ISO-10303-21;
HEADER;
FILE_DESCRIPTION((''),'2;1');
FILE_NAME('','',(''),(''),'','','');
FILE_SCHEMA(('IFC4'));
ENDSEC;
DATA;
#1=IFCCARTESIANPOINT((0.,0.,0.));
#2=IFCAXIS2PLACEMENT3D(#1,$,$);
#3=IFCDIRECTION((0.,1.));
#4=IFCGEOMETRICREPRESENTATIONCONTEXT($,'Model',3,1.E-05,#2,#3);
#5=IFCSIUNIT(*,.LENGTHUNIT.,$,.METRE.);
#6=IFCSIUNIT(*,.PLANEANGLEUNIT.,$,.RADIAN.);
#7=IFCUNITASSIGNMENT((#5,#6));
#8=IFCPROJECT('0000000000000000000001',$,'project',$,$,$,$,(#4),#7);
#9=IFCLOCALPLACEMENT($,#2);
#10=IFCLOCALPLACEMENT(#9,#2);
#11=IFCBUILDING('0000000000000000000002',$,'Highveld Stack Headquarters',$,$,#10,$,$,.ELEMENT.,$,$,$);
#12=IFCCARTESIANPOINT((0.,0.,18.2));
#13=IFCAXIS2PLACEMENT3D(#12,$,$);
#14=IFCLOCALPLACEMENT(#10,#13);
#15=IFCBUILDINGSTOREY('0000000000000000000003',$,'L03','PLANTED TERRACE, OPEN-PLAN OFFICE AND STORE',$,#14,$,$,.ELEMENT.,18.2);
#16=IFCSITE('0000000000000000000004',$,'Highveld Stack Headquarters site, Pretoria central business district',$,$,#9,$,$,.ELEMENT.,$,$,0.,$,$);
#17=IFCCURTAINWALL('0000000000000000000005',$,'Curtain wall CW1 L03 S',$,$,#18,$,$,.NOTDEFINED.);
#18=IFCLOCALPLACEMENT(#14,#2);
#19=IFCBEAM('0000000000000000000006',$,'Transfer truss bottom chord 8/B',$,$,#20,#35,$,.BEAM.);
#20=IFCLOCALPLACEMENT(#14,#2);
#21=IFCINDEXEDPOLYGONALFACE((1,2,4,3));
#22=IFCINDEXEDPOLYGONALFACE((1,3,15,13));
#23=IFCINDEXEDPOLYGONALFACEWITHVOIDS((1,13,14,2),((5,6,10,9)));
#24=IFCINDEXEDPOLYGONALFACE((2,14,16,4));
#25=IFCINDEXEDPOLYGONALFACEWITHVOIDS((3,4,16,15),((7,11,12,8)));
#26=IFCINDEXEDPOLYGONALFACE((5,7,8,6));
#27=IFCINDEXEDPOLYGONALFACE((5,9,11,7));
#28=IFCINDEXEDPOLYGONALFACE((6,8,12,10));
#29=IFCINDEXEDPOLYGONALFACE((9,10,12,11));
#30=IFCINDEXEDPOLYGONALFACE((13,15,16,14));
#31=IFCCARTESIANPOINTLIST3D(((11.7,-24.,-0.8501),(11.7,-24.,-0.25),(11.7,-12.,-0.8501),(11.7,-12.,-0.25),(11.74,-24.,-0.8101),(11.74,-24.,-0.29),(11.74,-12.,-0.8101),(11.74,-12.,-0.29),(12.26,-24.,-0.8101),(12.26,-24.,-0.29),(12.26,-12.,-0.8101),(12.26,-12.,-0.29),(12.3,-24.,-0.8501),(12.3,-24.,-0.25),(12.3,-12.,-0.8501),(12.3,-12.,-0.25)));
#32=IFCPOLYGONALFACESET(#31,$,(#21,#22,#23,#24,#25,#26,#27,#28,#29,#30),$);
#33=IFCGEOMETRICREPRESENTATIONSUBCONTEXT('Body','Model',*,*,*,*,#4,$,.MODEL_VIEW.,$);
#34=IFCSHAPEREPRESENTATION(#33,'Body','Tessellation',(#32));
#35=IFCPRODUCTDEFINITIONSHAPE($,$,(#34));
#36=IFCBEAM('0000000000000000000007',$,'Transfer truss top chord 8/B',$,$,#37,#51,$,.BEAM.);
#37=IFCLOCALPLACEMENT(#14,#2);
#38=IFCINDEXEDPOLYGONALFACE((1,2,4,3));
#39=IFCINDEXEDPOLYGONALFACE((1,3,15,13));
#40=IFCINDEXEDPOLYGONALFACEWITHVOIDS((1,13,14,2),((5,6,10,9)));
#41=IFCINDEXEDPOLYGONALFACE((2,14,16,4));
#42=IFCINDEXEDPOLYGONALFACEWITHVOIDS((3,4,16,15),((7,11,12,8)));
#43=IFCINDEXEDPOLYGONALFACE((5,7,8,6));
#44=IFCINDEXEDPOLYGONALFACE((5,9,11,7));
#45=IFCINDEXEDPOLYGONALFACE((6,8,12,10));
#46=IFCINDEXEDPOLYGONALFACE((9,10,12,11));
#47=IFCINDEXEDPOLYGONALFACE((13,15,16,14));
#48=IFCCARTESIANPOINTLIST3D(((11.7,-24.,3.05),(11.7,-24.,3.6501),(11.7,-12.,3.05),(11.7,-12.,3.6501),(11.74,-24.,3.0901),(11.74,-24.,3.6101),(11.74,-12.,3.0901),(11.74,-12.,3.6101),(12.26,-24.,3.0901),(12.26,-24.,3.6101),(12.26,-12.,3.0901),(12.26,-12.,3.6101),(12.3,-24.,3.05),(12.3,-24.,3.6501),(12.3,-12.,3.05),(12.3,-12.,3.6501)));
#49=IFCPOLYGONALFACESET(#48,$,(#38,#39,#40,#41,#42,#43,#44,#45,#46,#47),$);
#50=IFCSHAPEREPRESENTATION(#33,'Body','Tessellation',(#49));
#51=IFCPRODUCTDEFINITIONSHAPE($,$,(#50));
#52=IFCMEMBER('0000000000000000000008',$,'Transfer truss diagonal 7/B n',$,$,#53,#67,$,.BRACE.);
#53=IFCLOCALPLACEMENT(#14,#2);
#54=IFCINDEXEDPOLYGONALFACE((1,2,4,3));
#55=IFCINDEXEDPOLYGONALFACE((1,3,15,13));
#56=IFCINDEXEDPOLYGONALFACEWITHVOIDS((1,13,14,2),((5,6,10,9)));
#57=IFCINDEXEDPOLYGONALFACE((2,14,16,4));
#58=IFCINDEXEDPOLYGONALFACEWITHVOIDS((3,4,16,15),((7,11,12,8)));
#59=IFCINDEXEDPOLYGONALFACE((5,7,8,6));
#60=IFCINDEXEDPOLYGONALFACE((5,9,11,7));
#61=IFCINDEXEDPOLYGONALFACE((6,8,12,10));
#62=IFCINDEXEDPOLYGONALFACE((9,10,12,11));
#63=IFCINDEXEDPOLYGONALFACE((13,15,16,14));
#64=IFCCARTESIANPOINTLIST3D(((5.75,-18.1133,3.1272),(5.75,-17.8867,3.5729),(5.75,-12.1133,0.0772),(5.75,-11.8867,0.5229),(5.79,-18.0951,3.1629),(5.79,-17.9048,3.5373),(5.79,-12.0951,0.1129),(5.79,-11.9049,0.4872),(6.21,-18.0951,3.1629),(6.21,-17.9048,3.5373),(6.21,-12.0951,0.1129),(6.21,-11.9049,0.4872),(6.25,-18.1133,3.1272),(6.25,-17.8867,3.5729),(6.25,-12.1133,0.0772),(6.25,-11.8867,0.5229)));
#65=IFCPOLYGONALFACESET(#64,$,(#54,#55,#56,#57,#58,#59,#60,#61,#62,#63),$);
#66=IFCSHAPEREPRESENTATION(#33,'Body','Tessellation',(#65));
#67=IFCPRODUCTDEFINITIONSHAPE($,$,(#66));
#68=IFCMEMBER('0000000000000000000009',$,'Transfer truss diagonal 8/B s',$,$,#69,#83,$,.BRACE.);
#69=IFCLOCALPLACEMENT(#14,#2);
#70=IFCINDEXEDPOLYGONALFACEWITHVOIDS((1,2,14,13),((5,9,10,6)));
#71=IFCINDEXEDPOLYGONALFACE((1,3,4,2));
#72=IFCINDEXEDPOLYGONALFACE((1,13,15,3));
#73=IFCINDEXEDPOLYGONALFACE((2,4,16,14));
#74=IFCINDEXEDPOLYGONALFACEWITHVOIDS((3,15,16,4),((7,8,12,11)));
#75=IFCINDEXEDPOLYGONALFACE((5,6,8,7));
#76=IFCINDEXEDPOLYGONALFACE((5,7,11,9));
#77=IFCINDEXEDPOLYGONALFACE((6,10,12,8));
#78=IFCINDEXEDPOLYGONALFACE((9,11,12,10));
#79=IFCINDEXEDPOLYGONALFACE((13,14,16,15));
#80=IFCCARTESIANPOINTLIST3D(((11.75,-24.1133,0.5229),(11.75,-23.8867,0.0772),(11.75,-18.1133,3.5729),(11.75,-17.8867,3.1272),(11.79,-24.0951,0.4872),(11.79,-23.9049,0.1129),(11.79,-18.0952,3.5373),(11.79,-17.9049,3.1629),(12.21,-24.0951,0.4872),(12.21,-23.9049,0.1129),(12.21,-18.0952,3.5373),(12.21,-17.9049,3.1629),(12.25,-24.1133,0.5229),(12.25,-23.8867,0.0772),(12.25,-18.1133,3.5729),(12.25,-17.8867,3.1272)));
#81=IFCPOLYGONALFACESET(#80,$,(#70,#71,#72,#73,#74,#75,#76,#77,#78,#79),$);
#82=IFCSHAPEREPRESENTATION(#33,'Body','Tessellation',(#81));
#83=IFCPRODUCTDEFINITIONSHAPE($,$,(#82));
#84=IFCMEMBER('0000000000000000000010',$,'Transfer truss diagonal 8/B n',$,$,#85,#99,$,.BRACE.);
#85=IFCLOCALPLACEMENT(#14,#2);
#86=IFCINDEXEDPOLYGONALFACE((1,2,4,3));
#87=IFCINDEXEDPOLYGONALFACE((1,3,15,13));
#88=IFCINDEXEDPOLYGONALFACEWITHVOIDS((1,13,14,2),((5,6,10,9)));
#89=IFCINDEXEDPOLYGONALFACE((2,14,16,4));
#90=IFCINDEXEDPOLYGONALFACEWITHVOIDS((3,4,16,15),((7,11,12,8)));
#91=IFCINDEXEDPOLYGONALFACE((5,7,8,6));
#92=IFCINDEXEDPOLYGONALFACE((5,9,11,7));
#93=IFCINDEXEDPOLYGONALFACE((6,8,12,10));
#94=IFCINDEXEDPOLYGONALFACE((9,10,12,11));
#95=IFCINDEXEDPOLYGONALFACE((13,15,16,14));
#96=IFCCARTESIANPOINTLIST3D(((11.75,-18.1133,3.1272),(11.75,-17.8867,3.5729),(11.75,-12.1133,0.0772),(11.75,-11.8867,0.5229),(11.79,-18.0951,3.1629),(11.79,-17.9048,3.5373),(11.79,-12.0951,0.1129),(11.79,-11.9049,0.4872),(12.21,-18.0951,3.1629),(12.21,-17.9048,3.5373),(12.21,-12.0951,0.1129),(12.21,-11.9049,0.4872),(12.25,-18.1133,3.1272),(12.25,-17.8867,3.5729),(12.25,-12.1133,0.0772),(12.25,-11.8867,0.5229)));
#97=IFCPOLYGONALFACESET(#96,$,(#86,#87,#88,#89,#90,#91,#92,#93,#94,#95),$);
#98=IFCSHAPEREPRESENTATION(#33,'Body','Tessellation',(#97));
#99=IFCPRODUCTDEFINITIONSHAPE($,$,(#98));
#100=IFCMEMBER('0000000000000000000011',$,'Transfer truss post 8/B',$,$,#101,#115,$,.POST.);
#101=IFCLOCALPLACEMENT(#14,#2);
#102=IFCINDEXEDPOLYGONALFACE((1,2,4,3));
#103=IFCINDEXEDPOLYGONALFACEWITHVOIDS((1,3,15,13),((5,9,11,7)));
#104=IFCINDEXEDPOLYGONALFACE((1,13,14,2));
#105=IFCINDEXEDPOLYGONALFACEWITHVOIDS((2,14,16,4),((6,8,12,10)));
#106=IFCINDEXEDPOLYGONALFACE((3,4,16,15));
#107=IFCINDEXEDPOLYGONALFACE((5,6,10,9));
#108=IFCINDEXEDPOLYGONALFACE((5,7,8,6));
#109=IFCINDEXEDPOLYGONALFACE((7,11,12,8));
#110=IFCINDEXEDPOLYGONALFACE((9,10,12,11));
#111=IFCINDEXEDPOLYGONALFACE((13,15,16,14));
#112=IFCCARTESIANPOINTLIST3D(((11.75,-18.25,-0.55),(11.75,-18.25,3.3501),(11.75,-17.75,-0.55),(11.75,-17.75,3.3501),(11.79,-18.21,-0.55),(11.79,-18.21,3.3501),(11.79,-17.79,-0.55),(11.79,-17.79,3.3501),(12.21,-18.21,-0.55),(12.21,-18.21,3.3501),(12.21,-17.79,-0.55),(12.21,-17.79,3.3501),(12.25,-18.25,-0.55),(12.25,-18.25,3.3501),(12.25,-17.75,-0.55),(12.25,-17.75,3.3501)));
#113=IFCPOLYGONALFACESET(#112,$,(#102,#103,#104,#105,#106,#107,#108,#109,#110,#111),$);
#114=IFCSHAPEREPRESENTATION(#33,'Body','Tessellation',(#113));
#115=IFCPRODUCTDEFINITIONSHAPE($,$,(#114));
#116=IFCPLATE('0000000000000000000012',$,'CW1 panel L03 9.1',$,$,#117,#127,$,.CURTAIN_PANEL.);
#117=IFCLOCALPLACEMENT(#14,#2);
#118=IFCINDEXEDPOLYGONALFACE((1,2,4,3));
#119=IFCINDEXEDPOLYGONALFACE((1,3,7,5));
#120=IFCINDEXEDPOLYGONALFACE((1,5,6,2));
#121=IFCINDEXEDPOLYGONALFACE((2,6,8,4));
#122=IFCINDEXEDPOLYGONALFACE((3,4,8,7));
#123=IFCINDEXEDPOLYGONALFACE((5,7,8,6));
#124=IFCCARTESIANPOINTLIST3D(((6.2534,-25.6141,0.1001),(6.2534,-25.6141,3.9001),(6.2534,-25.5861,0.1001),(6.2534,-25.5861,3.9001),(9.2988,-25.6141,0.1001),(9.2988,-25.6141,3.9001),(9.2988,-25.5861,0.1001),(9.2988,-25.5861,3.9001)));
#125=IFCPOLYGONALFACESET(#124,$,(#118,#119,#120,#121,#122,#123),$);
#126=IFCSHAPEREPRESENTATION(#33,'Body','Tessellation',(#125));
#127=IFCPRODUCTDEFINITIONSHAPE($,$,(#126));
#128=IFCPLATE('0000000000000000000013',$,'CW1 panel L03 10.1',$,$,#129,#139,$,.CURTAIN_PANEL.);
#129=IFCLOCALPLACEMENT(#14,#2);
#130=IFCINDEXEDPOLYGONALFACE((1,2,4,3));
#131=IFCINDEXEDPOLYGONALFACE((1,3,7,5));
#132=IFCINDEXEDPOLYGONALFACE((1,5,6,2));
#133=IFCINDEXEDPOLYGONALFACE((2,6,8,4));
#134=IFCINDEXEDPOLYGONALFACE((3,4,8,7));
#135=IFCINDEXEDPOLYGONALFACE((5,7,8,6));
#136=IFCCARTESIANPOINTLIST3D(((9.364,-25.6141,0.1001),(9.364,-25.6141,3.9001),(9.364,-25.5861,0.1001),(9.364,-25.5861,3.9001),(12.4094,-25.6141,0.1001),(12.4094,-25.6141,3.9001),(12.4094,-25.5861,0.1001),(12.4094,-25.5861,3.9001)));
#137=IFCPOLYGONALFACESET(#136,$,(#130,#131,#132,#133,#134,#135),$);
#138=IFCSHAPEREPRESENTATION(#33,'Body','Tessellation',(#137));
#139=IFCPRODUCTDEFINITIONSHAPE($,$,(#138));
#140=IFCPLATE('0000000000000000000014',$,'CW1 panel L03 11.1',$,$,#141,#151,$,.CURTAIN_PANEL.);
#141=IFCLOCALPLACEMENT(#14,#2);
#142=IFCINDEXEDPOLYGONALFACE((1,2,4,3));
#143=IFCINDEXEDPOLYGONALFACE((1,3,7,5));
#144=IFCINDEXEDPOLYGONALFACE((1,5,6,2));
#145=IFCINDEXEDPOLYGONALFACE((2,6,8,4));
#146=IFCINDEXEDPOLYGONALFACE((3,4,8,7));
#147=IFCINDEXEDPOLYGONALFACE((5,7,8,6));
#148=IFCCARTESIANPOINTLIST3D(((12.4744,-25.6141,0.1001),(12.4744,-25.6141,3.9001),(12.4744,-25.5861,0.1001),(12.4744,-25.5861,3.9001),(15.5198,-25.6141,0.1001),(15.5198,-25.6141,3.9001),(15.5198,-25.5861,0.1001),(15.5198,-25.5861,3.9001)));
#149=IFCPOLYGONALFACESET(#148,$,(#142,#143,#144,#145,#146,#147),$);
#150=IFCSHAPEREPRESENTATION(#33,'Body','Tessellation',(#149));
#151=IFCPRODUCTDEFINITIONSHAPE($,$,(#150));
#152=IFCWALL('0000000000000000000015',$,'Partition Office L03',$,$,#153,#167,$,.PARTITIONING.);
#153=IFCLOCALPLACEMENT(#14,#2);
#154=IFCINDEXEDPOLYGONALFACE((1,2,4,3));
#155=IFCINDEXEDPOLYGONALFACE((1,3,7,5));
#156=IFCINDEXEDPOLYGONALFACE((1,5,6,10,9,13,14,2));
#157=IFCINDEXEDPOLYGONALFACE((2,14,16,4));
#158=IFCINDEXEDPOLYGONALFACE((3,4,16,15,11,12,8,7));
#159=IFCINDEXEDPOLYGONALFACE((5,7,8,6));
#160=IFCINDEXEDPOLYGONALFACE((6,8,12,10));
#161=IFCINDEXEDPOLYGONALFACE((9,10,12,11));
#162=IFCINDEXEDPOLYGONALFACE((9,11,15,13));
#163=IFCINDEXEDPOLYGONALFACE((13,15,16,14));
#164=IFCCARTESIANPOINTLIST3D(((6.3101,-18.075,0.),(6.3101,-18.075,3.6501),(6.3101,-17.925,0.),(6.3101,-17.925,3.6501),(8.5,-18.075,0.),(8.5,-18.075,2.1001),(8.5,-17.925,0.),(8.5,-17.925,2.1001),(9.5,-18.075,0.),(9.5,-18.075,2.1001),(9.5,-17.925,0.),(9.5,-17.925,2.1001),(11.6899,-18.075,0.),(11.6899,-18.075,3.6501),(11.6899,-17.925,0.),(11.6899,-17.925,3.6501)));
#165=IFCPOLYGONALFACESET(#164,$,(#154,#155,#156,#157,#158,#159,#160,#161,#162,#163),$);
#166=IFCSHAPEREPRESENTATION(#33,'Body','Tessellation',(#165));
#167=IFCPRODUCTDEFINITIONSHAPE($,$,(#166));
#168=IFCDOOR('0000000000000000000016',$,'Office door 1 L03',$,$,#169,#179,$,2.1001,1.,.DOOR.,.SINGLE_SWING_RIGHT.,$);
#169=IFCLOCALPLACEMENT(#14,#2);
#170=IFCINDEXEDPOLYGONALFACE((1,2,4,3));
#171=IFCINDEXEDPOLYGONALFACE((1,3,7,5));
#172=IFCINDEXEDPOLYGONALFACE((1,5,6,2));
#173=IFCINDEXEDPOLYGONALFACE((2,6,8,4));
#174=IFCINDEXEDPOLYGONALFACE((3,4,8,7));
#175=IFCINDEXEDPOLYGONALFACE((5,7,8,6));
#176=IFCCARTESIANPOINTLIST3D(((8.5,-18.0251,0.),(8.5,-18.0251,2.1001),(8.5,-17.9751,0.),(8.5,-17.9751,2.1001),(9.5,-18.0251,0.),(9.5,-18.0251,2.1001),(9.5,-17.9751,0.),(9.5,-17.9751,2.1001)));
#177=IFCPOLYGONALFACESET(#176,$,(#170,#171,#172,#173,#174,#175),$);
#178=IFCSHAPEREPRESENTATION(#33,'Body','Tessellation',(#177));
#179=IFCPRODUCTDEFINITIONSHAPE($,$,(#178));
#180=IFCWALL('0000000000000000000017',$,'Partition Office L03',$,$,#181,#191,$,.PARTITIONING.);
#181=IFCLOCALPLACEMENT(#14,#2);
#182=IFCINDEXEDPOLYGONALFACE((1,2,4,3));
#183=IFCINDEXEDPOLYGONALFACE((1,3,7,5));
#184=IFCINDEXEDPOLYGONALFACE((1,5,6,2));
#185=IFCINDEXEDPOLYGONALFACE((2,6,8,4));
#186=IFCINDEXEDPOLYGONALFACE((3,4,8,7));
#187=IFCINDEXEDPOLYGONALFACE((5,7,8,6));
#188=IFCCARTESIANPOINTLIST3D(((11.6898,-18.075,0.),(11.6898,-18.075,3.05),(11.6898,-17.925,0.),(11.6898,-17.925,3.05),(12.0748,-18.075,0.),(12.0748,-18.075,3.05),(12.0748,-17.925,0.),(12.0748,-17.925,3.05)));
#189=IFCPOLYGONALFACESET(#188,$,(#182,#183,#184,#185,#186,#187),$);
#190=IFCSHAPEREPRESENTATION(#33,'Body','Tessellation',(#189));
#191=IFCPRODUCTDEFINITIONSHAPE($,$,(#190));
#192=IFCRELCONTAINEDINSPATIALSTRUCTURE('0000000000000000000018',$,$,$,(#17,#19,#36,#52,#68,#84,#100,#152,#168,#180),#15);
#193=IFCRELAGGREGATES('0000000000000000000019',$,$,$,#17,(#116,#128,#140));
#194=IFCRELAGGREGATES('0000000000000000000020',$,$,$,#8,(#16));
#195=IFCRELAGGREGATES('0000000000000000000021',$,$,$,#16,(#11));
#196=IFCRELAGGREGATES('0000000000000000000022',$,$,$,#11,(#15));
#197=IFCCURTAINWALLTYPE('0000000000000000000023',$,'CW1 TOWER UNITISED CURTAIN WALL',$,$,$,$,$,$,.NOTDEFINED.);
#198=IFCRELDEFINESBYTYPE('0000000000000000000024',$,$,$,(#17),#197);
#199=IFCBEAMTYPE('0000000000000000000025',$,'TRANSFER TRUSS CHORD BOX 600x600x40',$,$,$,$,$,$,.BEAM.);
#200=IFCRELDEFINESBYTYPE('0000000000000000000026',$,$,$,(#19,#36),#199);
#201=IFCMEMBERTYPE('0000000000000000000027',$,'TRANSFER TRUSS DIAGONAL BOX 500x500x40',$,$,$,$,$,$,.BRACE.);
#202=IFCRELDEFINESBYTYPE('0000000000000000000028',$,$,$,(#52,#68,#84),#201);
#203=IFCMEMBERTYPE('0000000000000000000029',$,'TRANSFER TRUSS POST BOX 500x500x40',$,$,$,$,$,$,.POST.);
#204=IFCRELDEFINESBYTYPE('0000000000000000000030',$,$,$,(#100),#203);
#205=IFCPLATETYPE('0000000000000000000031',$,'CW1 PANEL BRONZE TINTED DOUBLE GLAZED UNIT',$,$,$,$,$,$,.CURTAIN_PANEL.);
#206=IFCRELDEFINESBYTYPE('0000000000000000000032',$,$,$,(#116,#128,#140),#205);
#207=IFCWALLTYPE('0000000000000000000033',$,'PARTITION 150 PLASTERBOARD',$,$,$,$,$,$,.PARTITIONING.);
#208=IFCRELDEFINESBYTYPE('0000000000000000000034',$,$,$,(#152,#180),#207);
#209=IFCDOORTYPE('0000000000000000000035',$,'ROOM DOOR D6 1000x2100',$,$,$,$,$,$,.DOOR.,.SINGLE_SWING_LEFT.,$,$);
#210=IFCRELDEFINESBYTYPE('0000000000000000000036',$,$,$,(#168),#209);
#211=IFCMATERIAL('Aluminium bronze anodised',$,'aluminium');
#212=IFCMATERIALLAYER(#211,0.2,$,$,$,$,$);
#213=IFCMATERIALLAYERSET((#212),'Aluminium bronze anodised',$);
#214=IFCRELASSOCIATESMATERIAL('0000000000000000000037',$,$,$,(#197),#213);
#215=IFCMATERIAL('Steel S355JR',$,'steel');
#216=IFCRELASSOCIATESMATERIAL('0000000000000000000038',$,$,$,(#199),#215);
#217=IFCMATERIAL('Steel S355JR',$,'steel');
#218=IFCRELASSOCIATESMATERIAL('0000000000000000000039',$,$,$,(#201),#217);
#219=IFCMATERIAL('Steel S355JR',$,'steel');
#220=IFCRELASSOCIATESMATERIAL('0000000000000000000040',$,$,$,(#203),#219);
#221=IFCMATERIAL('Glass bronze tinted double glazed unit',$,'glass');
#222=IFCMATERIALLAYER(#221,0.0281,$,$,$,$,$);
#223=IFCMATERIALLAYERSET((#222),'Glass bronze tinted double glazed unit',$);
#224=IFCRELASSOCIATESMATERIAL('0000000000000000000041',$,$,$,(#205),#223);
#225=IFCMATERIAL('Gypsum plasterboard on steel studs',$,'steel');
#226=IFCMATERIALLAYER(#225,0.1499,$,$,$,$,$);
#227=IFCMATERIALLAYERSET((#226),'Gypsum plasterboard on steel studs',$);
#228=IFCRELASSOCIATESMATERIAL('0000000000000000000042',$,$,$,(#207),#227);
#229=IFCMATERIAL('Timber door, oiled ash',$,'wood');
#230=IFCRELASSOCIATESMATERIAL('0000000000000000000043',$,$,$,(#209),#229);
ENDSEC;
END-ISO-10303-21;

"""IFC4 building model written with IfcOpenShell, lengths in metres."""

from ifc_helpers import new_model, si_unit, direction, frame, frame_2d, origin, origin_2d, place, context, subcontext, project, spatial, rectangle, hollow_rectangle, extrude, material, layer, layer_set, material_profile, profile_set, type_object, element, fill, aggregate, save


model = new_model("IFC4")

# Units and contexts
model_context = context("Model", 3, precision=1e-05, world=origin(), true_north=direction((0.0, 1.0)))
body_context = subcontext(model_context, "Body", "Model", "MODEL_VIEW")
ifc_project = project(units=[si_unit("LENGTHUNIT", "METRE"), si_unit("PLANEANGLEUNIT", "RADIAN")], contexts=[model_context])

# Site, building, storey
site_placement = place(None, origin())
site = spatial("IfcSite", under=ifc_project, at=site_placement, Name="Highveld Stack Headquarters site, Pretoria central business district", CompositionType="ELEMENT", RefElevation=0.0)
building_placement = place(site_placement, origin())
building = spatial("IfcBuilding", under=site, at=building_placement, Name="Highveld Stack Headquarters", CompositionType="ELEMENT")
storey_placement = place(building_placement, frame((0.0, 0.0, 18.2)))
storey = spatial("IfcBuildingStorey", under=building, at=storey_placement, Name="L03", Description="PLANTED TERRACE, OPEN-PLAN OFFICE AND STORE", CompositionType="ELEMENT", Elevation=18.2)

# Curtain wall
ifc_material_1 = material(Name="Aluminium bronze anodised", Category="aluminium")
ifc_layer_1 = layer(ifc_material_1, 0.2)
ifc_layer_set_1 = layer_set([ifc_layer_1], Name="Aluminium bronze anodised")
curtain_wall_type = type_object("IfcCurtainWallType", Name="CW1 TOWER UNITISED CURTAIN WALL", PredefinedType="NOTDEFINED", material=ifc_layer_set_1)
curtain_wall_placement = place(storey_placement, origin())
curtain_wall = element("IfcCurtainWall", 1, at=curtain_wall_placement, inside=storey, type_object=curtain_wall_type, Name="Curtain wall CW1 L03 S", PredefinedType="NOTDEFINED")

# Beams
ifc_material_2 = material(Name="Steel S355JR", Category="steel")
ifc_material_profile_1 = material_profile(ifc_material_2, hollow_rectangle(XDim=0.6001, YDim=0.6001, WallThickness=0.04, at=origin_2d()), Name="BOX 600x600x40")
ifc_profile_set_1 = profile_set([ifc_material_profile_1], Name="Steel S355JR")
beam_type = type_object("IfcBeamType", Name="TRANSFER TRUSS CHORD BOX 600x600x40", PredefinedType="BEAM", material=ifc_profile_set_1)
for number, where, z_axis, x_axis, name in (
    (2, (12.0, -24.0, -0.55), (0.0, 1.0, 0.0), (-1.0, 0.0, 0.0), "Transfer truss bottom chord 8/B"),
    (3, (12.0, -24.0, 3.3501), (0.0, 1.0, 0.0), (-1.0, 0.0, 0.0), "Transfer truss top chord 8/B"),
):
    element("IfcBeam", number, at=place(storey_placement, frame(where, z_axis=z_axis, x_axis=x_axis)), inside=storey, type_object=beam_type, Name=name, PredefinedType="BEAM", context=body_context, shape_type="SweptSolid", body=[
        extrude(hollow_rectangle(XDim=0.6001, YDim=0.6001, WallThickness=0.04, at=origin_2d()), origin(), (0.0, 0.0, 1.0), 12.0),
    ])

# Members
ifc_material_3 = material(Name="Steel S355JR", Category="steel")
ifc_material_profile_2 = material_profile(ifc_material_3, hollow_rectangle(XDim=0.5, YDim=0.5, WallThickness=0.04, at=origin_2d()), Name="BOX 500x500x40")
ifc_profile_set_2 = profile_set([ifc_material_profile_2], Name="Steel S355JR")
member_type_1 = type_object("IfcMemberType", Name="TRANSFER TRUSS DIAGONAL BOX 500x500x40", PredefinedType="BRACE", material=ifc_profile_set_2)
for number, where, z_axis, x_axis, name in (
    (4, (6.0, -12.0, 0.3), (0.0, -0.891433, 0.453152), (1.0, 0.0, 0.0), "Transfer truss diagonal 7/B n"),
    (5, (12.0, -24.0, 0.3), (0.0, 0.891433, 0.453152), (-1.0, 0.0, 0.0), "Transfer truss diagonal 8/B s"),
    (6, (12.0, -12.0, 0.3), (0.0, -0.891433, 0.453152), (1.0, 0.0, 0.0), "Transfer truss diagonal 8/B n"),
):
    element("IfcMember", number, at=place(storey_placement, frame(where, z_axis=z_axis, x_axis=x_axis)), inside=storey, type_object=member_type_1, Name=name, PredefinedType="BRACE", context=body_context, shape_type="SweptSolid", body=[
        extrude(hollow_rectangle(XDim=0.5, YDim=0.5, WallThickness=0.04, at=origin_2d()), origin(), (0.0, 0.0, 1.0), 6.7307),
    ])
ifc_material_4 = material(Name="Steel S355JR", Category="steel")
ifc_material_profile_3 = material_profile(ifc_material_4, hollow_rectangle(XDim=0.5, YDim=0.5, WallThickness=0.04, at=origin_2d()), Name="BOX 500x500x40")
ifc_profile_set_3 = profile_set([ifc_material_profile_3], Name="Steel S355JR")
member_type_2 = type_object("IfcMemberType", Name="TRANSFER TRUSS POST BOX 500x500x40", PredefinedType="POST", material=ifc_profile_set_3)
member_1_placement = place(storey_placement, frame((12.0, -18.0, -0.55), z_axis=(0.0, 0.0, 1.0), x_axis=(1.0, 0.0, 0.0)))
element("IfcMember", 7, at=member_1_placement, inside=storey, type_object=member_type_2, Name="Transfer truss post 8/B", PredefinedType="POST", context=body_context, shape_type="SweptSolid", body=[
    extrude(hollow_rectangle(XDim=0.5, YDim=0.5, WallThickness=0.04, at=origin_2d()), origin(), (0.0, 0.0, 1.0), 3.9001),
])

# Plates
ifc_material_5 = material(Name="Glass bronze tinted double glazed unit", Category="glass")
ifc_layer_2 = layer(ifc_material_5, 0.0281)
ifc_layer_set_2 = layer_set([ifc_layer_2], Name="Glass bronze tinted double glazed unit")
plate_type = type_object("IfcPlateType", Name="CW1 PANEL BRONZE TINTED DOUBLE GLAZED UNIT", PredefinedType="CURTAIN_PANEL", material=ifc_layer_set_2)
plate_1_placement = place(storey_placement, frame((7.7761, -25.6001, 0.1001), z_axis=(0.0, 0.0, 1.0), x_axis=(1.0, 0.0, 0.0)))
plate_1 = element("IfcPlate", 8, at=plate_1_placement, type_object=plate_type, Name="CW1 panel L03 9.1", PredefinedType="CURTAIN_PANEL", context=body_context, shape_type="SweptSolid", body=[
    extrude(rectangle(XDim=3.0454, YDim=0.0281, at=origin_2d()), origin(), (0.0, 0.0, 1.0), 3.8),
])
plate_2_placement = place(storey_placement, frame((10.8867, -25.6001, 0.1001), z_axis=(0.0, 0.0, 1.0), x_axis=(1.0, 0.0, 0.0)))
plate_2 = element("IfcPlate", 9, at=plate_2_placement, type_object=plate_type, Name="CW1 panel L03 10.1", PredefinedType="CURTAIN_PANEL", context=body_context, shape_type="SweptSolid", body=[
    extrude(rectangle(XDim=3.0454, YDim=0.0281, at=origin_2d()), origin(), (0.0, 0.0, 1.0), 3.8),
])
plate_3_placement = place(storey_placement, frame((13.9971, -25.6001, 0.1001), z_axis=(0.0, 0.0, 1.0), x_axis=(1.0, 0.0, 0.0)))
plate_3 = element("IfcPlate", 10, at=plate_3_placement, type_object=plate_type, Name="CW1 panel L03 11.1", PredefinedType="CURTAIN_PANEL", context=body_context, shape_type="SweptSolid", body=[
    extrude(rectangle(XDim=3.0454, YDim=0.0281, at=origin_2d()), origin(), (0.0, 0.0, 1.0), 3.8),
])
aggregate(curtain_wall, [plate_1, plate_2, plate_3])

# Wall, opening, door
ifc_material_6 = material(Name="Gypsum plasterboard on steel studs", Category="steel")
ifc_layer_3 = layer(ifc_material_6, 0.1499)
ifc_layer_set_3 = layer_set([ifc_layer_3], Name="Gypsum plasterboard on steel studs")
wall_type = type_object("IfcWallType", Name="PARTITION 150 PLASTERBOARD", PredefinedType="PARTITIONING", material=ifc_layer_set_3)
wall_1_placement = place(storey_placement, frame((6.3101, -18.0, 0.0), z_axis=(0.0, 0.0, 1.0), x_axis=(1.0, 0.0, 0.0)))
wall_1 = element("IfcWall", 11, at=wall_1_placement, inside=storey, type_object=wall_type, Name="Partition Office L03", PredefinedType="PARTITIONING", context=body_context, shape_type="SweptSolid", body=[
    extrude(rectangle(XDim=5.3799, YDim=0.1499, at=frame_2d((2.6899, 0.0))), origin(), (0.0, 0.0, 1.0), 3.6501),
])
opening_placement = place(wall_1_placement, frame((2.1899, 0.0, 0.0)))
opening = element("IfcOpeningElement", 12, at=opening_placement, cuts=wall_1, PredefinedType="OPENING", context=body_context, shape_type="SweptSolid", body=[
    extrude(rectangle(XDim=1.0, YDim=2.1001, at=frame_2d((0.5, 1.05))), frame((0.0, 0.085, 0.0), z_axis=(0.0, -1.0, 0.0), x_axis=(1.0, 0.0, 0.0)), (0.0, 0.0, 1.0), 0.1699),
])
ifc_material_7 = material(Name="Timber door, oiled ash", Category="wood")
door_type = type_object("IfcDoorType", Name="ROOM DOOR D6 1000x2100", OperationType="SINGLE_SWING_LEFT", PredefinedType="DOOR", material=ifc_material_7)
door_placement = place(opening_placement, origin())
door = element("IfcDoor", 13, at=door_placement, inside=storey, type_object=door_type, Name="Office door 1 L03", OperationType="SINGLE_SWING_RIGHT", OverallHeight=2.1001, OverallWidth=1.0, PredefinedType="DOOR", context=body_context, shape_type="SweptSolid", body=[
    extrude(rectangle(XDim=1.0, YDim=2.1001, at=frame_2d((0.5, 1.05))), frame((0.0, 0.0249, 0.0), z_axis=(0.0, -1.0, 0.0), x_axis=(1.0, 0.0, 0.0)), (0.0, 0.0, 1.0), 0.05),
])
fill(opening, door)

# Wall
wall_2_placement = place(storey_placement, frame((11.6899, -18.0, 0.0), z_axis=(0.0, 0.0, 1.0), x_axis=(1.0, 0.0, 0.0)))
element("IfcWall", 14, at=wall_2_placement, inside=storey, type_object=wall_type, Name="Partition Office L03", PredefinedType="PARTITIONING", context=body_context, shape_type="SweptSolid", body=[
    extrude(rectangle(XDim=0.385, YDim=0.1499, at=frame_2d((0.1924, 0.0))), origin(), (0.0, 0.0, 1.0), 3.05),
])

save(model, "model.ifc")
